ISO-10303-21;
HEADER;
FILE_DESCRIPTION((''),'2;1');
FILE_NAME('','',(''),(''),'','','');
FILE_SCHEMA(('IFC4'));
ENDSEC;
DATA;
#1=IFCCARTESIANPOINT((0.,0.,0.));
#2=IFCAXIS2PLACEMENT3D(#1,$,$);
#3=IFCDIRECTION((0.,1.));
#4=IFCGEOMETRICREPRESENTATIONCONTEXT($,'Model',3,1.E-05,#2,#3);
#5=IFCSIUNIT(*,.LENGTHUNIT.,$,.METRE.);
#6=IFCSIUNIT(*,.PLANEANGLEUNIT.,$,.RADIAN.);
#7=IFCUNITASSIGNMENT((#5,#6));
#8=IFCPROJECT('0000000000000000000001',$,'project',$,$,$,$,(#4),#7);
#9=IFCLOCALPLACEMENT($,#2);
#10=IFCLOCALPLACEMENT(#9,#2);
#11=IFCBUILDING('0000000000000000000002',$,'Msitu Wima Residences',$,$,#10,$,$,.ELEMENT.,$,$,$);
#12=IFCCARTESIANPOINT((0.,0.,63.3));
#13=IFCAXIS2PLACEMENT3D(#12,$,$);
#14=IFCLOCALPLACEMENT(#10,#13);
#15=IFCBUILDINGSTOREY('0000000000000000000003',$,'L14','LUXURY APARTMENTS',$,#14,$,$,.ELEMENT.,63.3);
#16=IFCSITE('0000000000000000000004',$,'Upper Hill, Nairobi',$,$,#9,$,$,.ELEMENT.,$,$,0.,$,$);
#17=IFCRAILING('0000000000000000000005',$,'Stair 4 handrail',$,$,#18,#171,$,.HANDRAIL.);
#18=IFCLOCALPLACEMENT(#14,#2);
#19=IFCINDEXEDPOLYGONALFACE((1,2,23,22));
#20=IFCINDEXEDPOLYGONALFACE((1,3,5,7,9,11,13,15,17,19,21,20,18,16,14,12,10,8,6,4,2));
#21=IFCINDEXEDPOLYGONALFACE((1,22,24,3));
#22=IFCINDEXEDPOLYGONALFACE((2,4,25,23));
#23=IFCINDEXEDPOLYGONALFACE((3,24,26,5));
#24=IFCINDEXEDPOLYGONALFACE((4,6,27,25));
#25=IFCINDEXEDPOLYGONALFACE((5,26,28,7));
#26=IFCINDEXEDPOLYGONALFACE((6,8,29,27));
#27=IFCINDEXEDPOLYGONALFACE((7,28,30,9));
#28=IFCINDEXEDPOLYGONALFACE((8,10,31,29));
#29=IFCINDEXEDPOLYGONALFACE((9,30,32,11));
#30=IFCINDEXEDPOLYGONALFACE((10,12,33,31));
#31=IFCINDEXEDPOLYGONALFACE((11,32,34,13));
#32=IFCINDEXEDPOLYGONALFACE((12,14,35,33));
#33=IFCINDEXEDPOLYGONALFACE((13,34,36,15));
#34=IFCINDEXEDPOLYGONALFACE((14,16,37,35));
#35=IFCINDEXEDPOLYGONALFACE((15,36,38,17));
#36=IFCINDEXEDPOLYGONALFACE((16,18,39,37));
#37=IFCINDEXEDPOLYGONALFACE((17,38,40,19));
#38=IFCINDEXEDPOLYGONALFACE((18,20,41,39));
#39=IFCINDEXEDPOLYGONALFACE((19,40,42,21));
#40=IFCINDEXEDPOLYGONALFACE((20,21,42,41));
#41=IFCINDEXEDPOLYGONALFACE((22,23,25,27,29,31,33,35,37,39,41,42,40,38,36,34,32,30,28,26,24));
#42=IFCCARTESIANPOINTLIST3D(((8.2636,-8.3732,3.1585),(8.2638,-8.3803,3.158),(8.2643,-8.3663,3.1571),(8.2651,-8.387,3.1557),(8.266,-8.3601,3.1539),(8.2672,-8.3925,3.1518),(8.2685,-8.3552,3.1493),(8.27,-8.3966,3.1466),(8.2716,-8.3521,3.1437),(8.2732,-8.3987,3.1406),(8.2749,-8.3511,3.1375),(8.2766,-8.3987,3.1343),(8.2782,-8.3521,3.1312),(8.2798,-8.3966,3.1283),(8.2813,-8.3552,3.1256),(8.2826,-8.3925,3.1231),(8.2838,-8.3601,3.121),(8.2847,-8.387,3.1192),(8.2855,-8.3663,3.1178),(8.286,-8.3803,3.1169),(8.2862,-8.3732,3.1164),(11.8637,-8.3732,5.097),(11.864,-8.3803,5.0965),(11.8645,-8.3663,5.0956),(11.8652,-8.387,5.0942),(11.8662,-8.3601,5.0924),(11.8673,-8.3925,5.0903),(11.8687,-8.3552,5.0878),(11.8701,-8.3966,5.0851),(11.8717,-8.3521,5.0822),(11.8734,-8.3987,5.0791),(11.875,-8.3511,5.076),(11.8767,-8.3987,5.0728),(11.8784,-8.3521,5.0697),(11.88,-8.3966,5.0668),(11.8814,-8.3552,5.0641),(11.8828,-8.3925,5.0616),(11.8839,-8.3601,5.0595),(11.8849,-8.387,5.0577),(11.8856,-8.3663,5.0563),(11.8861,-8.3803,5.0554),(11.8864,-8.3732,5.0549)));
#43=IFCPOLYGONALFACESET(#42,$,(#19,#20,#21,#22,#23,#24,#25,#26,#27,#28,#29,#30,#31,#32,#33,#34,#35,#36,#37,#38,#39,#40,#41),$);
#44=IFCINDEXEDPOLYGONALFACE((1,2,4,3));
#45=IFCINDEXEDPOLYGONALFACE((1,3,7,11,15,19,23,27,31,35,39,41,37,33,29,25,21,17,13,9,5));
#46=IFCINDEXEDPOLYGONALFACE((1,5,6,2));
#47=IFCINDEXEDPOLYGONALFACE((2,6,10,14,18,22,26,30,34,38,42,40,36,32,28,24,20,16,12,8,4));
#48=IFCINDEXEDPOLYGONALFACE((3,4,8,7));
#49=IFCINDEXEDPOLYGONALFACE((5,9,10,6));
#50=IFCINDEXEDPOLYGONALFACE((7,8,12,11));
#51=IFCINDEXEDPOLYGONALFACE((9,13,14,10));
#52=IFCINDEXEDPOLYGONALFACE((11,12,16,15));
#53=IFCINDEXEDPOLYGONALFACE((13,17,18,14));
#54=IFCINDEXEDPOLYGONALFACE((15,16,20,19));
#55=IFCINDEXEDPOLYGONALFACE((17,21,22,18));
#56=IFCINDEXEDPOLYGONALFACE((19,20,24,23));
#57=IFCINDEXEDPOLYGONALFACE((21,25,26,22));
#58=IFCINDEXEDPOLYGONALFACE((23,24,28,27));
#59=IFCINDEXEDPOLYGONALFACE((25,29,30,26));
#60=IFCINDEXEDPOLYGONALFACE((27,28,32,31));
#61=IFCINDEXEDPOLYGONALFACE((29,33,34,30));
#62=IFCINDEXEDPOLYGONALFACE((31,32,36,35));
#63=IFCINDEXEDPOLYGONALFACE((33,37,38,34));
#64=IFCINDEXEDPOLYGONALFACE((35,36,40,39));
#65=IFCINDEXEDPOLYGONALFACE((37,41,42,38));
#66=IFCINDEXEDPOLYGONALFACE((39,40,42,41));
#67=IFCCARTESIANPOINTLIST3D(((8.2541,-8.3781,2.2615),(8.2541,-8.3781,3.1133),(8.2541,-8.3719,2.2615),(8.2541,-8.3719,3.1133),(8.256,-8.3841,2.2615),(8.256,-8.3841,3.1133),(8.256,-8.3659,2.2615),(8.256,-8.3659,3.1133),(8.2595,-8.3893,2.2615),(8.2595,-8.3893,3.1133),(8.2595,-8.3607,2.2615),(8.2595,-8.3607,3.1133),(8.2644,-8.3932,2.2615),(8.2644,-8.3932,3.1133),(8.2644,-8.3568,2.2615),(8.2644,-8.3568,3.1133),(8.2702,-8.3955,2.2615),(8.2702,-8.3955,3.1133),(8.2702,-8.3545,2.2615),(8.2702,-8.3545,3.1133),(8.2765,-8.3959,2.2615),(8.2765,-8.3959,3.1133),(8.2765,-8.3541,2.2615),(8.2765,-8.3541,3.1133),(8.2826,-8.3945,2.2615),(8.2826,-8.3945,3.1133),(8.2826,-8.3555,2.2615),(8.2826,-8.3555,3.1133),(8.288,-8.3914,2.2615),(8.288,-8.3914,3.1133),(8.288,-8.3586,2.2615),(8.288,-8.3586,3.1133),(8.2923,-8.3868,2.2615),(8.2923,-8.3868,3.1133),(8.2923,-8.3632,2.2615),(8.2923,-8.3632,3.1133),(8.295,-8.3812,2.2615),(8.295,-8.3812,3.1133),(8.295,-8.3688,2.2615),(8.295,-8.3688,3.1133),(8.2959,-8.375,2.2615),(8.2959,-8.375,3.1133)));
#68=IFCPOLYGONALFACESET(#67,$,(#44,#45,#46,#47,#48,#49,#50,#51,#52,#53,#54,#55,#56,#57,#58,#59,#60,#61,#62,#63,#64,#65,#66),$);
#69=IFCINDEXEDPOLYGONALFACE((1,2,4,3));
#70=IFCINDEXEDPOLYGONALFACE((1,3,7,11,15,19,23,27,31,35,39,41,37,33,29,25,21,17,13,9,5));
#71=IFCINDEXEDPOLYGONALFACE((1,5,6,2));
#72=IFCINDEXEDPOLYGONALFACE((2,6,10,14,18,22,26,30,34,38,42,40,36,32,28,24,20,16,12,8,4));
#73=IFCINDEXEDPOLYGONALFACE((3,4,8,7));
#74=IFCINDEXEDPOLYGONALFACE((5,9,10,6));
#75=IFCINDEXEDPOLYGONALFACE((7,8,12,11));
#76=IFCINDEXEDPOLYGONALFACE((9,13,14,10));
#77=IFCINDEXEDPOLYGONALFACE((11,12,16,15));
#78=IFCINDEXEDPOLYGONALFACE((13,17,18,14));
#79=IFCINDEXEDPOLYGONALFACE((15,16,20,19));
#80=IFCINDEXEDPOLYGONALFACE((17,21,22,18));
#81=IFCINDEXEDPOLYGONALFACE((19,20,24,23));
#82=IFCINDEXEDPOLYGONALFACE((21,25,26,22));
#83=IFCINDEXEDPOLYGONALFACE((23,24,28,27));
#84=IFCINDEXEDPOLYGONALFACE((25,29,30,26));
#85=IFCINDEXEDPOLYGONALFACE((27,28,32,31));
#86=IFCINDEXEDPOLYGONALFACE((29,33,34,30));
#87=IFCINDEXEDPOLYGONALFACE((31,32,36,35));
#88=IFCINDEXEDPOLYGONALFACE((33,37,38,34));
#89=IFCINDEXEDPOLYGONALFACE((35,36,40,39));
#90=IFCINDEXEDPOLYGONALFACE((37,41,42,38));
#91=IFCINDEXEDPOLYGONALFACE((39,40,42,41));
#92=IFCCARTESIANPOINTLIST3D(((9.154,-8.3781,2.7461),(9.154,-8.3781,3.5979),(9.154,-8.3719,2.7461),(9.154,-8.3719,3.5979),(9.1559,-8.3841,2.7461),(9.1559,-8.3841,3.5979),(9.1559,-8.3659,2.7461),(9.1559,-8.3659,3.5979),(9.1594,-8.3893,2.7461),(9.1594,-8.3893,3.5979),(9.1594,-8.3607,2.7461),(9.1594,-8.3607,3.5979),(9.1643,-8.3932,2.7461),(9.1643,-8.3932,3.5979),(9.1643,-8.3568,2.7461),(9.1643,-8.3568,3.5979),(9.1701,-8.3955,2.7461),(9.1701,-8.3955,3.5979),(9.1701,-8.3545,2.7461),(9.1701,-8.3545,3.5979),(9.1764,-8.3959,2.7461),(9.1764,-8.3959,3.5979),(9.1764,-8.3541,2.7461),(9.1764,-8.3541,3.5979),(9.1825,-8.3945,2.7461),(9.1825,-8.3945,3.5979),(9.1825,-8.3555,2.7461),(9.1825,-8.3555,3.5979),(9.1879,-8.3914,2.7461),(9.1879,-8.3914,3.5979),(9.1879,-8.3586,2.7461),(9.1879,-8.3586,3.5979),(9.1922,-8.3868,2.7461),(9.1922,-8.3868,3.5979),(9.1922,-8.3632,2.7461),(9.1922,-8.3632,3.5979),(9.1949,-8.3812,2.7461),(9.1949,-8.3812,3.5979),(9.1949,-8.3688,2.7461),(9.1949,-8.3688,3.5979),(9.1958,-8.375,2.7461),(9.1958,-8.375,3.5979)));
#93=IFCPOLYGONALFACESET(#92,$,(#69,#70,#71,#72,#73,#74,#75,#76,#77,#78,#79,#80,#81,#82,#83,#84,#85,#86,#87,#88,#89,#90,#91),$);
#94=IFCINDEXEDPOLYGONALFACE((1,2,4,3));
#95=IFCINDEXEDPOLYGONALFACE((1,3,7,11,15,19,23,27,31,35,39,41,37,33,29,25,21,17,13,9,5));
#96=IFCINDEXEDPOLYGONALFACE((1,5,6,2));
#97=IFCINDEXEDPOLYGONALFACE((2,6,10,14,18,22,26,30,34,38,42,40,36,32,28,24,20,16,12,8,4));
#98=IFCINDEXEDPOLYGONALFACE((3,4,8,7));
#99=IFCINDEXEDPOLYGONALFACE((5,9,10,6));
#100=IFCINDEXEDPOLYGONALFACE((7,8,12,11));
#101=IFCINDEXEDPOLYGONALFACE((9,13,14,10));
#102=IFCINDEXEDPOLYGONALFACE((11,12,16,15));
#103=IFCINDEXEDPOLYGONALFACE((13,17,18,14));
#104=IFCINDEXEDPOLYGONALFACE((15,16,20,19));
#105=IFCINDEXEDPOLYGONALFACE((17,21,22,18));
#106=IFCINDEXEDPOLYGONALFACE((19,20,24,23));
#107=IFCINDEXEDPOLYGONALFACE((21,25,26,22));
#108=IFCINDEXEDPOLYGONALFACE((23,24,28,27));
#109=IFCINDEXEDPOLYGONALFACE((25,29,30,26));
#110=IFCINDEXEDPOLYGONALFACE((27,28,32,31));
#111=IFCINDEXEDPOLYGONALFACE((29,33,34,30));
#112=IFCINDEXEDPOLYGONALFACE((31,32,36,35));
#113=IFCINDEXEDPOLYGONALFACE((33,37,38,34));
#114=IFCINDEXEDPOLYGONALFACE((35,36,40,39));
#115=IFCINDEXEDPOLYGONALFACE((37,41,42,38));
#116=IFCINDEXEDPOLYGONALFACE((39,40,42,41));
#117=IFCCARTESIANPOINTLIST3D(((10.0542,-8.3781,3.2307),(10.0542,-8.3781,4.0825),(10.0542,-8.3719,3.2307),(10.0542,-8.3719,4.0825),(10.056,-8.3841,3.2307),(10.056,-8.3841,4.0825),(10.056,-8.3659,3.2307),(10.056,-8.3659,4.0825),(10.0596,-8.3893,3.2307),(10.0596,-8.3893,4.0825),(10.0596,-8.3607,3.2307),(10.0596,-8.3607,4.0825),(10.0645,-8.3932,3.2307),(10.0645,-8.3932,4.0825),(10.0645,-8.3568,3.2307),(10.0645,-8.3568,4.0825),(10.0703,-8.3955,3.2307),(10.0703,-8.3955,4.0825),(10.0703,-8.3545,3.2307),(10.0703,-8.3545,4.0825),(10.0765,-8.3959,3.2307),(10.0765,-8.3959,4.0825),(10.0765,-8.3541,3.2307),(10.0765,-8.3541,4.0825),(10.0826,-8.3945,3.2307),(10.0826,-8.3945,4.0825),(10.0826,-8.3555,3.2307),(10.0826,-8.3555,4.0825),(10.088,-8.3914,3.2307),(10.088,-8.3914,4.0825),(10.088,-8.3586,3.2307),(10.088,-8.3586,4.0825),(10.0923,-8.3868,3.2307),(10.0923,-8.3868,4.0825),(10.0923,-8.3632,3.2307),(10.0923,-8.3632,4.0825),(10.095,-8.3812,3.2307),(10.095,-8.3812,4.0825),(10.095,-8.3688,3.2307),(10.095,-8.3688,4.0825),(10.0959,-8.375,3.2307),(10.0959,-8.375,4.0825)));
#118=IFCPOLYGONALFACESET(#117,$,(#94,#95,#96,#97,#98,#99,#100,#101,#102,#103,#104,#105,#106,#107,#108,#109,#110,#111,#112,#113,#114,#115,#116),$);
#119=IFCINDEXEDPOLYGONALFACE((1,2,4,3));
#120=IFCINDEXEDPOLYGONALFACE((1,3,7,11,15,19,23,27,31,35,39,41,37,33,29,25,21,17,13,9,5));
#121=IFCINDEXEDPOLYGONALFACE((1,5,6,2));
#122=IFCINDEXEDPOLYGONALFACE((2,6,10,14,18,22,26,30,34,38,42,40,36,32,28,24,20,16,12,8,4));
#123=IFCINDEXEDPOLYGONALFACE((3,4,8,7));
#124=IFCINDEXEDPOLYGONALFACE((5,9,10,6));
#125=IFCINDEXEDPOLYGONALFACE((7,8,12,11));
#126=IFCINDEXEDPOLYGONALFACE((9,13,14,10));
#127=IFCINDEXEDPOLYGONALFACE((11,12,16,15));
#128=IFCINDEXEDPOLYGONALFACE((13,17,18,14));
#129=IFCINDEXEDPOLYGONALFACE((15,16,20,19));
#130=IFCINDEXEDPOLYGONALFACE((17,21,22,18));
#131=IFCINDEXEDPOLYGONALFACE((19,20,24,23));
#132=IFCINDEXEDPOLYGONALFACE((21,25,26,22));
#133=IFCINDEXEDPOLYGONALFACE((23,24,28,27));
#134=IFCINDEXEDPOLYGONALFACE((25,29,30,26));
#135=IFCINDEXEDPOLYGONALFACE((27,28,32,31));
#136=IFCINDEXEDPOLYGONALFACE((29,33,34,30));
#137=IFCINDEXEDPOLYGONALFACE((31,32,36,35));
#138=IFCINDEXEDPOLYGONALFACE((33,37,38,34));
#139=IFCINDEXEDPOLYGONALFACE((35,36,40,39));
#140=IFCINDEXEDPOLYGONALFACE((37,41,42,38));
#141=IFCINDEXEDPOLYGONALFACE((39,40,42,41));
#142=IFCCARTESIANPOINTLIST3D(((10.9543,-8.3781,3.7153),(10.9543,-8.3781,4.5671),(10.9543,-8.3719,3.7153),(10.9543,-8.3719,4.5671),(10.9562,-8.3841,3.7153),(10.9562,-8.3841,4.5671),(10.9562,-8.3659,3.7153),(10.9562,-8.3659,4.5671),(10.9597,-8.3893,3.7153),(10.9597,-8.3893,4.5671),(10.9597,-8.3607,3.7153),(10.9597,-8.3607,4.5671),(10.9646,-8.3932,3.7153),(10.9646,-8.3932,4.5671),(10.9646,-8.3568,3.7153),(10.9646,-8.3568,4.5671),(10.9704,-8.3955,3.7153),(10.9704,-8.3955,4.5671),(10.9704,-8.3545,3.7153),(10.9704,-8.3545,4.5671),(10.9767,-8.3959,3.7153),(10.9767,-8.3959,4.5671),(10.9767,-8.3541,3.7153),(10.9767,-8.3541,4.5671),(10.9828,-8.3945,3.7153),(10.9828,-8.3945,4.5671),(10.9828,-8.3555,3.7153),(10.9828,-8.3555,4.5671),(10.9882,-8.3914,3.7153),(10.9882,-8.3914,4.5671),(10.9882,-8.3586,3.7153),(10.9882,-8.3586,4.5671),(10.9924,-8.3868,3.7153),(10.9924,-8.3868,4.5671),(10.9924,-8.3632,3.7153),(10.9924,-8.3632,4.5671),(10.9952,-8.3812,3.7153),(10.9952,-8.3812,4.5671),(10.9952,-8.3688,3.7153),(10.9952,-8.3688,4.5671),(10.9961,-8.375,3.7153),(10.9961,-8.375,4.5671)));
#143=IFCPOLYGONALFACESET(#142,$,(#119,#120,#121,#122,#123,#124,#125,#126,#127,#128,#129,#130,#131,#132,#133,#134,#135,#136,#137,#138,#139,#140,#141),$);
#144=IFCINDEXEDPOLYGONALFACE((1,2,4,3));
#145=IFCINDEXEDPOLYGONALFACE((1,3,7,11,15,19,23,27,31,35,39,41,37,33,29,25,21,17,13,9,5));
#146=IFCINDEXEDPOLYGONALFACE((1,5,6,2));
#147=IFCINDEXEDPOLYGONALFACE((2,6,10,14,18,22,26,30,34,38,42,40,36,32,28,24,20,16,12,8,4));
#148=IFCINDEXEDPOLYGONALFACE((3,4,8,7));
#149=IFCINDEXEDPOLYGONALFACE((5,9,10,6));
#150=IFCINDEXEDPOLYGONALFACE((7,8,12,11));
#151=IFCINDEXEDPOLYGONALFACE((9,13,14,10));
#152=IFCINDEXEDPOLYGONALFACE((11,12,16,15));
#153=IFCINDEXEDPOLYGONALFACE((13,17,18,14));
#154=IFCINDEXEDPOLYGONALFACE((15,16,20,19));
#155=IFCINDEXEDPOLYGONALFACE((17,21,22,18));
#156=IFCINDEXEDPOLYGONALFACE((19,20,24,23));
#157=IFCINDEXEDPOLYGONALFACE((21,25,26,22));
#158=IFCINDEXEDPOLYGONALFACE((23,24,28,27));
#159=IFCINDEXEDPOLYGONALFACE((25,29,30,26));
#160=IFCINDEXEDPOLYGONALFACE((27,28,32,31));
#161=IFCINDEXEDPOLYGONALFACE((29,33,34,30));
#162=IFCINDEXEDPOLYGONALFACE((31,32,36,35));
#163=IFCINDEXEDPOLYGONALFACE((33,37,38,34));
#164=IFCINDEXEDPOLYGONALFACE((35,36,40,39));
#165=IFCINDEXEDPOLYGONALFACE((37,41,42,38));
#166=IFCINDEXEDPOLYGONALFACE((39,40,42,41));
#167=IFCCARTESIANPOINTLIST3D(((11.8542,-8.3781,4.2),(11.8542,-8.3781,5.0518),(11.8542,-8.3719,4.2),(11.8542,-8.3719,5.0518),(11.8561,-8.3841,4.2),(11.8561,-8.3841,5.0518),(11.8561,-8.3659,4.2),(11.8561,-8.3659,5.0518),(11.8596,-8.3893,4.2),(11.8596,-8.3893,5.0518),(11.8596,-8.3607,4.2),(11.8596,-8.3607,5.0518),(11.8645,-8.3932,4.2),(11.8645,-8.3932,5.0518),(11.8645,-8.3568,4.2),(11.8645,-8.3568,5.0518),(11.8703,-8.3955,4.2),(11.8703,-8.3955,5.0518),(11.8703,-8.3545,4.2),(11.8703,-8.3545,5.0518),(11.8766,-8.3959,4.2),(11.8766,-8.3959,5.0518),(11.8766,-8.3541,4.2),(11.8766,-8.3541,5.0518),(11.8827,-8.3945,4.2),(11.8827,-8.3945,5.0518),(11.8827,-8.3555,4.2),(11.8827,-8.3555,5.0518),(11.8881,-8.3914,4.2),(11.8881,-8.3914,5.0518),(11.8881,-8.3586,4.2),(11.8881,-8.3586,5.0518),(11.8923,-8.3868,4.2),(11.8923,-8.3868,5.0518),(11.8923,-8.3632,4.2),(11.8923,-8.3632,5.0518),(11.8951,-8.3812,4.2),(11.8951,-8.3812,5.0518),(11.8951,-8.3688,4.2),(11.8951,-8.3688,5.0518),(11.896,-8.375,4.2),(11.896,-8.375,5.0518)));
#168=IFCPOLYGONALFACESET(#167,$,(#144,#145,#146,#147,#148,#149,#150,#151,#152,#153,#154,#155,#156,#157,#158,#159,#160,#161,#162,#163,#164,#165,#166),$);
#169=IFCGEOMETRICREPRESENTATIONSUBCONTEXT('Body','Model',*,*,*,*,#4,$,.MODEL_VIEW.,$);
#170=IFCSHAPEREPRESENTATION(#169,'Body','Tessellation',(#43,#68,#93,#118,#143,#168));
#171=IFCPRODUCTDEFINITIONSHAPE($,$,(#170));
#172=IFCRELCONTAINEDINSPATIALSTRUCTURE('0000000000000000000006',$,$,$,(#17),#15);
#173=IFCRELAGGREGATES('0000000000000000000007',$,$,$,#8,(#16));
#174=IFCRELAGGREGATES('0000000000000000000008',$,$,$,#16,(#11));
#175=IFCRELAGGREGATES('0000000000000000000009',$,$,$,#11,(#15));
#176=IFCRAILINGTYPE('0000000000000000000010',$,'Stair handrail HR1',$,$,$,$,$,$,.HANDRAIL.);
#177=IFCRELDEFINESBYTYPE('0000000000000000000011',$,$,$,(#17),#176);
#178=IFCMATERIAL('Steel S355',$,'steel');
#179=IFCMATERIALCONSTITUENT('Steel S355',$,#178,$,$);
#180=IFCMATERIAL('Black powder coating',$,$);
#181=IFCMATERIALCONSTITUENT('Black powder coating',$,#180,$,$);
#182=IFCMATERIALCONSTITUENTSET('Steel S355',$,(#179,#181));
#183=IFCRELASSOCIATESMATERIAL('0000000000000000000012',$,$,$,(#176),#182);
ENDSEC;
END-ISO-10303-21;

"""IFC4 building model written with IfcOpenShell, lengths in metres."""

from ifc_helpers import new_model, si_unit, direction, frame, origin, origin_2d, place, context, subcontext, project, spatial, circle, extrude, material, constituent, constituent_set, type_object, element, save


model = new_model("IFC4")

# Units and contexts
model_context = context("Model", 3, precision=1e-05, world=origin(), true_north=direction((0.0, 1.0)))
body_context = subcontext(model_context, "Body", "Model", "MODEL_VIEW")
ifc_project = project(units=[si_unit("LENGTHUNIT", "METRE"), si_unit("PLANEANGLEUNIT", "RADIAN")], contexts=[model_context])

# Site, building, storey
site_placement = place(None, origin())
site = spatial("IfcSite", under=ifc_project, at=site_placement, Name="Upper Hill, Nairobi", CompositionType="ELEMENT", RefElevation=0.0)
building_placement = place(site_placement, origin())
building = spatial("IfcBuilding", under=site, at=building_placement, Name="Msitu Wima Residences", CompositionType="ELEMENT")
storey_placement = place(building_placement, frame((0.0, 0.0, 63.3)))
storey = spatial("IfcBuildingStorey", under=building, at=storey_placement, Name="L14", Description="LUXURY APARTMENTS", CompositionType="ELEMENT", Elevation=63.3)

# Railing
ifc_material_1 = material(Name="Steel S355", Category="steel")
ifc_constituent_1 = constituent(ifc_material_1, Name="Steel S355")
ifc_material_2 = material(Name="Black powder coating")
ifc_constituent_2 = constituent(ifc_material_2, Name="Black powder coating")
ifc_constituent_set = constituent_set(constituents=[ifc_constituent_1, ifc_constituent_2], Name="Steel S355")
railing_type = type_object("IfcRailingType", Name="Stair handrail HR1", PredefinedType="HANDRAIL", material=ifc_constituent_set)
for number, where, name in (
    (1, (8.2749, -8.375, 2.2615), "Stair 4 handrail"),
):
    element("IfcRailing", number, at=place(storey_placement, frame(where)), inside=storey, type_object=railing_type, Name=name, PredefinedType="HANDRAIL", context=body_context, shape_type="SweptSolid", body=[
        extrude(circle(Radius=0.0239, at=origin_2d()), frame((0.0, 0.0, 0.876), z_axis=(0.880475, 0.0, 0.474093), x_axis=(0.0, 1.0, 0.0)), (0.0, 0.0, 1.0), 4.0889),
        extrude(circle(Radius=0.021, at=origin_2d()), origin(), (0.0, 0.0, 1.0), 0.8518),
        extrude(circle(Radius=0.021, at=origin_2d()), frame((0.8999, 0.0, 0.4846)), (0.0, 0.0, 1.0), 0.8518),
        extrude(circle(Radius=0.021, at=origin_2d()), frame((1.8, 0.0, 0.9692)), (0.0, 0.0, 1.0), 0.8518),
        extrude(circle(Radius=0.021, at=origin_2d()), frame((2.7002, 0.0, 1.4539)), (0.0, 0.0, 1.0), 0.8518),
        extrude(circle(Radius=0.021, at=origin_2d()), frame((3.6001, 0.0, 1.9385)), (0.0, 0.0, 1.0), 0.8518),
    ])

save(model, "model.ifc")
